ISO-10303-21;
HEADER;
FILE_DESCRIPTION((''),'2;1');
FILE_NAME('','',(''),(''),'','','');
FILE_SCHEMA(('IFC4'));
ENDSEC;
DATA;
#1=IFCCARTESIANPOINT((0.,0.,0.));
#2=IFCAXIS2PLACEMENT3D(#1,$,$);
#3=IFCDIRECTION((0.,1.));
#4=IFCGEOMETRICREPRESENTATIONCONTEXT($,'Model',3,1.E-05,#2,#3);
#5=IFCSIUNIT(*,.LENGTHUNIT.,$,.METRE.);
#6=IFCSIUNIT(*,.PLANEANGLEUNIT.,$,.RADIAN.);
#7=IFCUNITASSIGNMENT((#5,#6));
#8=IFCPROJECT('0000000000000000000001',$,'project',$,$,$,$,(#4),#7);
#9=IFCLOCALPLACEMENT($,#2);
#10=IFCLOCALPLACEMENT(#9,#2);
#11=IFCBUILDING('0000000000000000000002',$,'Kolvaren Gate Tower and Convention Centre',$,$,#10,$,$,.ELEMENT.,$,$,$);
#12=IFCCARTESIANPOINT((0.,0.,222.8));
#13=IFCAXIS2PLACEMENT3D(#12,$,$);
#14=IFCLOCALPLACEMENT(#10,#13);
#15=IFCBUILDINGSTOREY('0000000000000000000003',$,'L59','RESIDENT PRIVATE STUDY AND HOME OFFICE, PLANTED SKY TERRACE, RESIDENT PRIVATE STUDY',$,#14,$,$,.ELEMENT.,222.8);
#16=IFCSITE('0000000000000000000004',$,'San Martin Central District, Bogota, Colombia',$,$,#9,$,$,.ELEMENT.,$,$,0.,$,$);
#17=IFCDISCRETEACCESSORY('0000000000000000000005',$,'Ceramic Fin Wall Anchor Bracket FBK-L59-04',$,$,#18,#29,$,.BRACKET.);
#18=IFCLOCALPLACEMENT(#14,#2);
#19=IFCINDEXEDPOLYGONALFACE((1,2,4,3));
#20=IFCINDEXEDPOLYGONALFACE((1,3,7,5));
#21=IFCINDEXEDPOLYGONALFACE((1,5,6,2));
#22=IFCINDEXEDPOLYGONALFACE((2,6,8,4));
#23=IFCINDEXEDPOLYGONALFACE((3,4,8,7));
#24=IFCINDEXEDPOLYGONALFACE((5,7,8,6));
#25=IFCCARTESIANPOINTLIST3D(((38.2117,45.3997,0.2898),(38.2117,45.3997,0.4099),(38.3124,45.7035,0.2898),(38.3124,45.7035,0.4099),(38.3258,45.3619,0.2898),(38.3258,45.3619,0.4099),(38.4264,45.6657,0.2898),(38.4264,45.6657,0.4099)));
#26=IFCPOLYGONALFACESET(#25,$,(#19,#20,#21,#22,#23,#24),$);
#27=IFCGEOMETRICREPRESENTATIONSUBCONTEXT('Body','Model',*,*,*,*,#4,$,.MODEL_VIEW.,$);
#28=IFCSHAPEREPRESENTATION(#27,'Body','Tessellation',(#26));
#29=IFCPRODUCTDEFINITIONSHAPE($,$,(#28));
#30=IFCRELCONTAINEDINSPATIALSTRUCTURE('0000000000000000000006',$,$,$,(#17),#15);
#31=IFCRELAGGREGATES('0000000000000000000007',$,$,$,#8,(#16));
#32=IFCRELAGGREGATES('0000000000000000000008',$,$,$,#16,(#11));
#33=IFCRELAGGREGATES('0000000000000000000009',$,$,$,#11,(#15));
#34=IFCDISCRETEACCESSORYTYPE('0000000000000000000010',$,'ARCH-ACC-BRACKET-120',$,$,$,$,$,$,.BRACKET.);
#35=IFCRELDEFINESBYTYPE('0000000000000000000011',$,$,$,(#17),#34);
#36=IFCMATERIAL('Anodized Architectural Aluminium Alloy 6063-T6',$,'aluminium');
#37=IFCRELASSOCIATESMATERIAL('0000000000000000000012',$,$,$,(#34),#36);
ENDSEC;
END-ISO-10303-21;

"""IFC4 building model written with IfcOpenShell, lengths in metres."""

from ifc_helpers import new_model, si_unit, direction, frame, origin, origin_2d, place, context, subcontext, project, spatial, rectangle, extrude, material, type_object, element, save


model = new_model("IFC4")

# Units and contexts
model_context = context("Model", 3, precision=1e-05, world=origin(), true_north=direction((0.0, 1.0)))
body_context = subcontext(model_context, "Body", "Model", "MODEL_VIEW")
ifc_project = project(units=[si_unit("LENGTHUNIT", "METRE"), si_unit("PLANEANGLEUNIT", "RADIAN")], contexts=[model_context])

# Site, building, storey
site_placement = place(None, origin())
site = spatial("IfcSite", under=ifc_project, at=site_placement, Name="San Martin Central District, Bogota, Colombia", CompositionType="ELEMENT", RefElevation=0.0)
building_placement = place(site_placement, origin())
building = spatial("IfcBuilding", under=site, at=building_placement, Name="Kolvaren Gate Tower and Convention Centre", CompositionType="ELEMENT")
storey_placement = place(building_placement, frame((0.0, 0.0, 222.8)))
storey = spatial("IfcBuildingStorey", under=building, at=storey_placement, Name="L59", Description="RESIDENT PRIVATE STUDY AND HOME OFFICE, PLANTED SKY TERRACE, RESIDENT PRIVATE STUDY", CompositionType="ELEMENT", Elevation=222.8)

# Discrete accessory
ifc_material_1 = material(Name="Anodized Architectural Aluminium Alloy 6063-T6", Category="aluminium")
discrete_accessory_type = type_object("IfcDiscreteAccessoryType", Name="ARCH-ACC-BRACKET-120", PredefinedType="BRACKET", material=ifc_material_1)
discrete_accessory_placement = place(storey_placement, frame((38.3191, 45.5327, 0.2898), z_axis=(0.0, 0.0, 1.0), x_axis=(0.949242, -0.314548, 0.0)))
element("IfcDiscreteAccessory", 1, at=discrete_accessory_placement, inside=storey, type_object=discrete_accessory_type, Name="Ceramic Fin Wall Anchor Bracket FBK-L59-04", PredefinedType="BRACKET", context=body_context, shape_type="SweptSolid", body=[
    extrude(rectangle(XDim=0.1201, YDim=0.3201, at=origin_2d()), origin(), (0.0, 0.0, 1.0), 0.1201),
])

save(model, "model.ifc")
